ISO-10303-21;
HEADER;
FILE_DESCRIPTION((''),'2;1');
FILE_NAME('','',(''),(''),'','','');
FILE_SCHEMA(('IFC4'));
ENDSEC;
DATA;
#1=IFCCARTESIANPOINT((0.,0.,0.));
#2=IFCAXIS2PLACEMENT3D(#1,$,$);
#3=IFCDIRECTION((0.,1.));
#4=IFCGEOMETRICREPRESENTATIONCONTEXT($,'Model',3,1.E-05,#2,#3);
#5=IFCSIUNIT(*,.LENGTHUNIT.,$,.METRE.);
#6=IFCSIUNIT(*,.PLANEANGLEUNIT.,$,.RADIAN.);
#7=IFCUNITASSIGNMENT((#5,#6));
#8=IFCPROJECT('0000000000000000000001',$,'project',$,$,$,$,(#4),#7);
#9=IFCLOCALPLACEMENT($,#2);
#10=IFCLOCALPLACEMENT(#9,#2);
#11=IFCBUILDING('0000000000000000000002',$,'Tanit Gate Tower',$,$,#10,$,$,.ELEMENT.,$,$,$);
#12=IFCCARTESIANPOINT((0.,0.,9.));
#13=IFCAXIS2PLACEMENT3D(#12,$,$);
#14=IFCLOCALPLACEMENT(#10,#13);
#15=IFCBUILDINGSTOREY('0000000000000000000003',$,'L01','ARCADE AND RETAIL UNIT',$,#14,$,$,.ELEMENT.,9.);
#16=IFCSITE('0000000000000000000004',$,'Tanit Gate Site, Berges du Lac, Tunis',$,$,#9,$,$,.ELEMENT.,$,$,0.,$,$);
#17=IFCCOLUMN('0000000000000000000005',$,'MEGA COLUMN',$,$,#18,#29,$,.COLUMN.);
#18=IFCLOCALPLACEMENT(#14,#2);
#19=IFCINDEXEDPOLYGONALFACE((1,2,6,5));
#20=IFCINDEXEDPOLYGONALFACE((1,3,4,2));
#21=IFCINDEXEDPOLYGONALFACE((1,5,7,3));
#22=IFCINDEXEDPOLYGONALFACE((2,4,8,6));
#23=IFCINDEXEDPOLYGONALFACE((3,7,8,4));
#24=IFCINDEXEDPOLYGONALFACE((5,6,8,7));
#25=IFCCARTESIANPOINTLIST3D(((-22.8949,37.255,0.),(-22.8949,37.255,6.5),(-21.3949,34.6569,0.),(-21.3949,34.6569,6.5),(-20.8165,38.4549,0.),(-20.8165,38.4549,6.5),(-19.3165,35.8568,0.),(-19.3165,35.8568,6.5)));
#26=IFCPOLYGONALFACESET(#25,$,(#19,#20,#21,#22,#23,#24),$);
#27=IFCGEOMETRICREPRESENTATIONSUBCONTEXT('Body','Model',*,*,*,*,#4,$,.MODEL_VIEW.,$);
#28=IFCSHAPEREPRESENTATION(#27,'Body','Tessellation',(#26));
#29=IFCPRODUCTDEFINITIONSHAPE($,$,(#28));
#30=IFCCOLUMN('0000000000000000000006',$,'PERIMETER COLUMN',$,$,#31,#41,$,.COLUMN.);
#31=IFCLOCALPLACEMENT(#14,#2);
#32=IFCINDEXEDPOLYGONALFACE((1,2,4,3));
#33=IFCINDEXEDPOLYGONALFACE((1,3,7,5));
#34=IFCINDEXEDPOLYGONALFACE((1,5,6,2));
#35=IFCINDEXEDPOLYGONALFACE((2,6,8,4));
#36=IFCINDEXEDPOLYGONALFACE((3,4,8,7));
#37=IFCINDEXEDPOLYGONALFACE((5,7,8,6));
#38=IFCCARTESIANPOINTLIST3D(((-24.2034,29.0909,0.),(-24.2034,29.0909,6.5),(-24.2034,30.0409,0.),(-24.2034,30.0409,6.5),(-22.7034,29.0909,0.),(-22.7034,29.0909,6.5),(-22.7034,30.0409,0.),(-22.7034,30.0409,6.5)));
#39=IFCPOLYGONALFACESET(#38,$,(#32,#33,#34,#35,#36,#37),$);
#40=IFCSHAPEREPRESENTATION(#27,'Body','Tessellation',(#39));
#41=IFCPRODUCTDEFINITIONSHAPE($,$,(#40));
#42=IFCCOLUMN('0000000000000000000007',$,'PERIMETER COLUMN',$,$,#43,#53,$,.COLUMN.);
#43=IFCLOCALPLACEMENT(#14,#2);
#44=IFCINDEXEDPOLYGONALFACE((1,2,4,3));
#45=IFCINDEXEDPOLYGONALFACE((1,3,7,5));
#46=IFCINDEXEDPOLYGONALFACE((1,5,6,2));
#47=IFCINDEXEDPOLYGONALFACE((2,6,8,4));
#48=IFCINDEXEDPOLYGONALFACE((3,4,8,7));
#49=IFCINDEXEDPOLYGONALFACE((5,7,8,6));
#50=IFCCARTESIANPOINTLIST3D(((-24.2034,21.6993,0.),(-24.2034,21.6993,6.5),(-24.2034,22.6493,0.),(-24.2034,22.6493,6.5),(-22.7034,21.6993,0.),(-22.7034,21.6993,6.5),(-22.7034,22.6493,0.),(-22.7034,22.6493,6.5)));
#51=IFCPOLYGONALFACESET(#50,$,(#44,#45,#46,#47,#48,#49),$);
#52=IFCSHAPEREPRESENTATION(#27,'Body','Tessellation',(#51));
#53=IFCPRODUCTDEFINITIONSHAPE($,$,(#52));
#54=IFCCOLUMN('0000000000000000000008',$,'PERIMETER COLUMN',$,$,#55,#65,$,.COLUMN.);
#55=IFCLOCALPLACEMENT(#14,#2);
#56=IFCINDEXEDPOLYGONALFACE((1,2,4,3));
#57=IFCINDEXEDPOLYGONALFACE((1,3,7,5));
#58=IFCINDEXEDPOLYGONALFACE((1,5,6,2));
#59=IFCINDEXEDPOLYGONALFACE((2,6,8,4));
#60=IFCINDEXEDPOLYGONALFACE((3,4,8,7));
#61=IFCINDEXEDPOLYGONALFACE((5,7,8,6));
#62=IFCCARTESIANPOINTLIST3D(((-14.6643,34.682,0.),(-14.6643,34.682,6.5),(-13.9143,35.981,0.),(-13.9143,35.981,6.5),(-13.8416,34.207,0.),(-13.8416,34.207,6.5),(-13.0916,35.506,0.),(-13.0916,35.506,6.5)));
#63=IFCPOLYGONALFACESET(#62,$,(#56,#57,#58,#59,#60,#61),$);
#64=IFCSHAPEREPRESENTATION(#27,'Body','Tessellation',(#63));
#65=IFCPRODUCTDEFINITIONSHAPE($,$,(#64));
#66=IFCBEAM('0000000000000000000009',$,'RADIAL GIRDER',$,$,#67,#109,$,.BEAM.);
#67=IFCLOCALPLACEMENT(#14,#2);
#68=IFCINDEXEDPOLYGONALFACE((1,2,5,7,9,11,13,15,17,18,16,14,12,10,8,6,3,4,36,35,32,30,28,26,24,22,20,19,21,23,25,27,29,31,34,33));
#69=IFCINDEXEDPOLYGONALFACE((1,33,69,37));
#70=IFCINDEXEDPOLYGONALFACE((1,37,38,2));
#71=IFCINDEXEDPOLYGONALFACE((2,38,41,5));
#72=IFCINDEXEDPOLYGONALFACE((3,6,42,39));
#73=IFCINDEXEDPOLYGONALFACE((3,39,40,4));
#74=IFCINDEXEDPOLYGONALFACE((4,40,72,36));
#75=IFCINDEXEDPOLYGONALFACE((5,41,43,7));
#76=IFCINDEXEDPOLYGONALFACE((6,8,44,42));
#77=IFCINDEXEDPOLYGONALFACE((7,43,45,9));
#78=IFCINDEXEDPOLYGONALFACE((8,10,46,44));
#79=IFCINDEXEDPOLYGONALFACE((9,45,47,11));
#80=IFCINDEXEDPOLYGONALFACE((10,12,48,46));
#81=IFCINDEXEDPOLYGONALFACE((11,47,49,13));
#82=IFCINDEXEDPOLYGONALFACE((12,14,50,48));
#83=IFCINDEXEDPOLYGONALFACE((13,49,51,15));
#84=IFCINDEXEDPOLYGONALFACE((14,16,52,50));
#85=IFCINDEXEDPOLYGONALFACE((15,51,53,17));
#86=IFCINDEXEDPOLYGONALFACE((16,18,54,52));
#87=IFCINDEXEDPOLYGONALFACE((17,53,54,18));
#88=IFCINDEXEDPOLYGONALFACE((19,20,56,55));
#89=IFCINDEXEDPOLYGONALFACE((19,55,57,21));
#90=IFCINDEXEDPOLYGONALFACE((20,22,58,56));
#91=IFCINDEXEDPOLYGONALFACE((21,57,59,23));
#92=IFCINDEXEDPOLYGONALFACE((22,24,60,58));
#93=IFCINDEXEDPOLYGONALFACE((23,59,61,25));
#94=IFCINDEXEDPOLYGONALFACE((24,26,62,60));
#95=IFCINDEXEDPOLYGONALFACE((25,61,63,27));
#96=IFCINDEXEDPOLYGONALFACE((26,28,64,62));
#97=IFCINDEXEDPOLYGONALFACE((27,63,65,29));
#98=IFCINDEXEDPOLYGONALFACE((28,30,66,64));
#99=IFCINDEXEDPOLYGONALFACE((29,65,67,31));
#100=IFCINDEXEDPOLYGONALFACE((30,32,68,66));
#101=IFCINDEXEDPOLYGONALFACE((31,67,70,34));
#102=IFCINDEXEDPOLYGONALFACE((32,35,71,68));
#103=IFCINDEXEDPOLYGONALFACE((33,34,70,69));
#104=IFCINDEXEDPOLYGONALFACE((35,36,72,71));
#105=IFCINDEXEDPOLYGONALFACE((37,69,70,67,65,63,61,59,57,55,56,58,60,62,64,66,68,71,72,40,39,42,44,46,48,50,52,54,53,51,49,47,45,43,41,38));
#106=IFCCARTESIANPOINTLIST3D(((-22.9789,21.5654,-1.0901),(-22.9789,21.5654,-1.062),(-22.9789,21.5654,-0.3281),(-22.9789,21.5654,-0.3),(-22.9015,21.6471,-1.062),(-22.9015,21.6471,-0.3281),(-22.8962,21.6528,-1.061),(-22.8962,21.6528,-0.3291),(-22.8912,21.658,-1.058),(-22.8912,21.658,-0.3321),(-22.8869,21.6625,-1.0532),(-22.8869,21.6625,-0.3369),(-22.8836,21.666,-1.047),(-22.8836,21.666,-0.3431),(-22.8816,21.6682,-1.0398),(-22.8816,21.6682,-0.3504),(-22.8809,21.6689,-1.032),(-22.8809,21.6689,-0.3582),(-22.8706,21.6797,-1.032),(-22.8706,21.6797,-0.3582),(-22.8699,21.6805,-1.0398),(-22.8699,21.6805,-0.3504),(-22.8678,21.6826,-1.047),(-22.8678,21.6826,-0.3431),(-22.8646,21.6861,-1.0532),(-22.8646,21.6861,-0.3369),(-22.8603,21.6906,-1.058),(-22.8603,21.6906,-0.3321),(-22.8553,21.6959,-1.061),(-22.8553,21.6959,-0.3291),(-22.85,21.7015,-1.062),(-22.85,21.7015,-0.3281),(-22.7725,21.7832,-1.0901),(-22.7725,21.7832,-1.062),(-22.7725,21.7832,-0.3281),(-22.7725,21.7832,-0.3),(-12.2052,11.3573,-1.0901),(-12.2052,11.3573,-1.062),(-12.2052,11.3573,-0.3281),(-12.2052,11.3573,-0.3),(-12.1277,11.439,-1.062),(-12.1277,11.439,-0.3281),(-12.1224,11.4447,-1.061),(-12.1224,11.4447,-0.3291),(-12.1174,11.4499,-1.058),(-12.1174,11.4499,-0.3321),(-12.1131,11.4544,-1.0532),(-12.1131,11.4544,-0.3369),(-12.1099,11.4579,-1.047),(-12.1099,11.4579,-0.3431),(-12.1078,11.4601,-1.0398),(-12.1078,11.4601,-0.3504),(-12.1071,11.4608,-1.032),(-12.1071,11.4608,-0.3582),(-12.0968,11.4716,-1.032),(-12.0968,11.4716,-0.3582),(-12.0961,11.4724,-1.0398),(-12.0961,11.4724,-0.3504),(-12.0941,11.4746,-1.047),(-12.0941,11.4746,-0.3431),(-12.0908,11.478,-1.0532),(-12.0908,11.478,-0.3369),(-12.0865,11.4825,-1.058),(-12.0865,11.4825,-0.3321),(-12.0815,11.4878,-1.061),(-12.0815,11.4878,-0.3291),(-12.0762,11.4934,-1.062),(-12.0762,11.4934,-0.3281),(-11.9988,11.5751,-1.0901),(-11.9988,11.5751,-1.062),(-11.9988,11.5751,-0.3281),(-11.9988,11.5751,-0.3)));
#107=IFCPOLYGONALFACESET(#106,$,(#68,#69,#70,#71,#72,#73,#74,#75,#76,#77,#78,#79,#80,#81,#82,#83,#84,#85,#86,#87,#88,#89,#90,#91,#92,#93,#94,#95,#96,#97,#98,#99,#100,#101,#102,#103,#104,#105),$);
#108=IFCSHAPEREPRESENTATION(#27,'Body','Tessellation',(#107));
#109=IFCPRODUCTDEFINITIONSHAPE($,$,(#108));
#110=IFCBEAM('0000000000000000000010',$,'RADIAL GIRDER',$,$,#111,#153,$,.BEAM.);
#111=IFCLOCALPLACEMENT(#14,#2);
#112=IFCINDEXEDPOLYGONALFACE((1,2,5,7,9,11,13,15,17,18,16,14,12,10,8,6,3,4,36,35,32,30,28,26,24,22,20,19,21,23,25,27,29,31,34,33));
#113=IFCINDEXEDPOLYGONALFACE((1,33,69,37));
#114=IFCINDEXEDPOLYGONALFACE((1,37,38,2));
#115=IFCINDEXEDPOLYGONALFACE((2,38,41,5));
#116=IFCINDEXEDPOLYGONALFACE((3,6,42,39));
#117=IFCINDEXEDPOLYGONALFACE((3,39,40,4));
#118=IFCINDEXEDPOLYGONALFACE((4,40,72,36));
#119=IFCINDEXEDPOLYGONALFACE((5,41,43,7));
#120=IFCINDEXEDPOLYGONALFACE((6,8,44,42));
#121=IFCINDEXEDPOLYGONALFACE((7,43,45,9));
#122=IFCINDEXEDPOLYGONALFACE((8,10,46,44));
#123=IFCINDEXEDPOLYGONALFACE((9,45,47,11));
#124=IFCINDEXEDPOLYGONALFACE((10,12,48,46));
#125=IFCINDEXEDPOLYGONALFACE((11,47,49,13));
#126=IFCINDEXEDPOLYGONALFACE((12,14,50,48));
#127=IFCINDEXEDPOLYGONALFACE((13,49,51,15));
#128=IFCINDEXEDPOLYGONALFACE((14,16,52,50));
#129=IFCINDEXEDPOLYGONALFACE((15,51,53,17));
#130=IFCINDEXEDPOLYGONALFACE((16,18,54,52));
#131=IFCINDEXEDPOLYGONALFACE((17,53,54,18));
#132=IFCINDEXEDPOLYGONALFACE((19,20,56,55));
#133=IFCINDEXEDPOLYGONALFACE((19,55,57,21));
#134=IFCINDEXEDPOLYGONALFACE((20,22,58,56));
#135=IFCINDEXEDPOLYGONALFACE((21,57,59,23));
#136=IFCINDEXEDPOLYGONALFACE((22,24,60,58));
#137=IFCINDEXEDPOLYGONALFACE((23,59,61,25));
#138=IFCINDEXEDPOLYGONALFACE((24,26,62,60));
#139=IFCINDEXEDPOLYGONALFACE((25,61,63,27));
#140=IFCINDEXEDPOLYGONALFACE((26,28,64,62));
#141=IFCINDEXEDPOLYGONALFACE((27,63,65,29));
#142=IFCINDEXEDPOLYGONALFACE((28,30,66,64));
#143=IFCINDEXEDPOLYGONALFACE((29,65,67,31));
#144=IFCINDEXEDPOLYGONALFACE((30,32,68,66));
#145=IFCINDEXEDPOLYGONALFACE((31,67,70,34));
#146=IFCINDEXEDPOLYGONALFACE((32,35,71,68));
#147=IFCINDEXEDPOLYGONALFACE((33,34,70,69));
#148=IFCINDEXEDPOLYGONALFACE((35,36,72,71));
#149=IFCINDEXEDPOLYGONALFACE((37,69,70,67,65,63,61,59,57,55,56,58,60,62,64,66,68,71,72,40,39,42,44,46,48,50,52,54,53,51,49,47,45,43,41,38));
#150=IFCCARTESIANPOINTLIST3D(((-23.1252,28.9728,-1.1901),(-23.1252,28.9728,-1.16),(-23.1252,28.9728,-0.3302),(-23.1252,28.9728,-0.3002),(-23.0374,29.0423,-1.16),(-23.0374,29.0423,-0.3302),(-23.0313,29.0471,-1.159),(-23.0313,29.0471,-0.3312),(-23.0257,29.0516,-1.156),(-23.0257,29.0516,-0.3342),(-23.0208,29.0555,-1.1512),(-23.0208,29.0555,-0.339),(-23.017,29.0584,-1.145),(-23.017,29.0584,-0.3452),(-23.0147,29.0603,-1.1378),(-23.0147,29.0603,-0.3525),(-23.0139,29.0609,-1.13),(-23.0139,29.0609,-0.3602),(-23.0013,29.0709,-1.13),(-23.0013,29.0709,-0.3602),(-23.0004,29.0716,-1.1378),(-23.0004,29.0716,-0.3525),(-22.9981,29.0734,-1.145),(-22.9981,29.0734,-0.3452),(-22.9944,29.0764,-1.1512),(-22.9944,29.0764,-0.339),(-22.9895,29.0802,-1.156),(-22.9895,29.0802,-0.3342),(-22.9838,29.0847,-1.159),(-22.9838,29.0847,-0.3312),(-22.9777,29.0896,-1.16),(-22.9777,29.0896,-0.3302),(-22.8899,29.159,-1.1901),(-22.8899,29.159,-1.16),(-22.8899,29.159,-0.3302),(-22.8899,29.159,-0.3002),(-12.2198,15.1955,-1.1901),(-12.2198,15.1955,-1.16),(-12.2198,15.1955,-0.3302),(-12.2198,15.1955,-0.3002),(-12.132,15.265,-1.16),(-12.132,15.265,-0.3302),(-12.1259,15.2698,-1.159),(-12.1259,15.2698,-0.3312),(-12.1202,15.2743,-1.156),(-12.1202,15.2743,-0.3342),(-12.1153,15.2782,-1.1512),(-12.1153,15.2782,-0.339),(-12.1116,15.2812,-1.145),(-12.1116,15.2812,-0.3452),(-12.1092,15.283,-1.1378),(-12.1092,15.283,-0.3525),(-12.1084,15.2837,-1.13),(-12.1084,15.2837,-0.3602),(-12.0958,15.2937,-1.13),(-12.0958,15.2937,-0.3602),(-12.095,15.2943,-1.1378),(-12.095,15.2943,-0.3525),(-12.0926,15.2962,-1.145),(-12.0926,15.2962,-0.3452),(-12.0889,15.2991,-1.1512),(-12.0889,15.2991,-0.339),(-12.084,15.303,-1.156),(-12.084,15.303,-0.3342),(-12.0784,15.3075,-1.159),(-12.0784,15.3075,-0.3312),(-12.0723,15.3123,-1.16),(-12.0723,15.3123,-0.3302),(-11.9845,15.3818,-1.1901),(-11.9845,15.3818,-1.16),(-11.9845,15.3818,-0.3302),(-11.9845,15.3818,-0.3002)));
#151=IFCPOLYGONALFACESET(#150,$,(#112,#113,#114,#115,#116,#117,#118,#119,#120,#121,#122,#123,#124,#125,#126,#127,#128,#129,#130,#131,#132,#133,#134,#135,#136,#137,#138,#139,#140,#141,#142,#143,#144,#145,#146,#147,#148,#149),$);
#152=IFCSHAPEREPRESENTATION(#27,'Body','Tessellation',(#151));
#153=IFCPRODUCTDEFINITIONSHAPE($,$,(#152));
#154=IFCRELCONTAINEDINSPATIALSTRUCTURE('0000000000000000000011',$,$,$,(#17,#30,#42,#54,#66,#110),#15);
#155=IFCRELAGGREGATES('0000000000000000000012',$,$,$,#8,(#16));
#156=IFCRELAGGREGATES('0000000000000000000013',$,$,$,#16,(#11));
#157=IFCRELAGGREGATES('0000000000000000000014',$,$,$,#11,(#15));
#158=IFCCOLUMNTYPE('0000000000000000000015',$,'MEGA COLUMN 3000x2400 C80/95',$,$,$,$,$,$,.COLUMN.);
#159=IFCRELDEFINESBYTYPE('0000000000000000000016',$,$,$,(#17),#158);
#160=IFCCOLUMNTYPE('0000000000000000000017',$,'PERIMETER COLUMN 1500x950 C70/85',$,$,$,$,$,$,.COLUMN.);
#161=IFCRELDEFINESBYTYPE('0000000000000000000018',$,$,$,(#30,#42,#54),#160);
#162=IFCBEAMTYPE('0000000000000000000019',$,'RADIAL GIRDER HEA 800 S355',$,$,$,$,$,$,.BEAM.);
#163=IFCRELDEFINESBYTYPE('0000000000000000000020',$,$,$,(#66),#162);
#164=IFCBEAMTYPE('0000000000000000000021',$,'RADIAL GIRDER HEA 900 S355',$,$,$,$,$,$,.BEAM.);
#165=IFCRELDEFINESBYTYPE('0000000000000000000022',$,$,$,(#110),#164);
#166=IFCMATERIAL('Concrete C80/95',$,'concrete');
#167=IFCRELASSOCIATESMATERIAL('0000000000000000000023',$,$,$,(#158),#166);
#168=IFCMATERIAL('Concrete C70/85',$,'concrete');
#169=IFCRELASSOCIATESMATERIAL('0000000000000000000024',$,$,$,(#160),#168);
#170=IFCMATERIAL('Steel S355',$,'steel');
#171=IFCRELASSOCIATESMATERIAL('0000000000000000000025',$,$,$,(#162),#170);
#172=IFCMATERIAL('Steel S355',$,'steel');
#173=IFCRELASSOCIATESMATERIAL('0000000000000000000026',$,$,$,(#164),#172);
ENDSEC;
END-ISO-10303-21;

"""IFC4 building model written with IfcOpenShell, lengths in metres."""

from ifc_helpers import new_model, si_unit, direction, frame, origin, origin_2d, place, context, subcontext, project, spatial, rectangle, i_section, extrude, material, material_profile, profile_set, type_object, element, save


model = new_model("IFC4")

# Units and contexts
model_context = context("Model", 3, precision=1e-05, world=origin(), true_north=direction((0.0, 1.0)))
body_context = subcontext(model_context, "Body", "Model", "MODEL_VIEW")
ifc_project = project(units=[si_unit("LENGTHUNIT", "METRE"), si_unit("PLANEANGLEUNIT", "RADIAN")], contexts=[model_context])

# Site, building, storey
site_placement = place(None, origin())
site = spatial("IfcSite", under=ifc_project, at=site_placement, Name="Tanit Gate Site, Berges du Lac, Tunis", CompositionType="ELEMENT", RefElevation=0.0)
building_placement = place(site_placement, origin())
building = spatial("IfcBuilding", under=site, at=building_placement, Name="Tanit Gate Tower", CompositionType="ELEMENT")
storey_placement = place(building_placement, frame((0.0, 0.0, 9.0)))
storey = spatial("IfcBuildingStorey", under=building, at=storey_placement, Name="L01", Description="ARCADE AND RETAIL UNIT", CompositionType="ELEMENT", Elevation=9.0)

# Columns
ifc_material_1 = material(Name="Concrete C80/95", Category="concrete")
ifc_material_profile_1 = material_profile(ifc_material_1, rectangle(XDim=3.0, YDim=2.3999, at=origin_2d()), Name="RC 3000x2400")
ifc_profile_set_1 = profile_set([ifc_material_profile_1], Name="Concrete C80/95")
column_type_1 = type_object("IfcColumnType", Name="MEGA COLUMN 3000x2400 C80/95", PredefinedType="COLUMN", material=ifc_profile_set_1)
column_placement = place(storey_placement, frame((-21.1057, 36.5559, 0.0), z_axis=(0.0, 0.0, 1.0), x_axis=(-0.5, 0.866025, 0.0)))
element("IfcColumn", 1, at=column_placement, inside=storey, type_object=column_type_1, Name="MEGA COLUMN", PredefinedType="COLUMN", context=body_context, shape_type="SweptSolid", body=[
    extrude(rectangle(XDim=3.0, YDim=2.3999, at=origin_2d()), origin(), (0.0, 0.0, 1.0), 6.5),
])
ifc_material_2 = material(Name="Concrete C70/85", Category="concrete")
ifc_material_profile_2 = material_profile(ifc_material_2, rectangle(XDim=1.5, YDim=0.95, at=origin_2d()), Name="RC 1500x950")
ifc_profile_set_2 = profile_set([ifc_material_profile_2], Name="Concrete C70/85")
column_type_2 = type_object("IfcColumnType", Name="PERIMETER COLUMN 1500x950 C70/85", PredefinedType="COLUMN", material=ifc_profile_set_2)
for number, where, z_axis, x_axis, name in (
    (2, (-23.4534, 29.5659, 0.0), (0.0, 0.0, 1.0), (-1.0, 0.0, 0.0), "PERIMETER COLUMN"),
    (3, (-23.4534, 22.1743, 0.0), (0.0, 0.0, 1.0), (-1.0, 0.0, 0.0), "PERIMETER COLUMN"),
    (4, (-13.8779, 35.094, 0.0), (0.0, 0.0, 1.0), (0.5, 0.866025, 0.0), "PERIMETER COLUMN"),
):
    element("IfcColumn", number, at=place(storey_placement, frame(where, z_axis=z_axis, x_axis=x_axis)), inside=storey, type_object=column_type_2, Name=name, PredefinedType="COLUMN", context=body_context, shape_type="SweptSolid", body=[
        extrude(rectangle(XDim=1.5, YDim=0.95, at=origin_2d()), origin(), (0.0, 0.0, 1.0), 6.5),
    ])

# Beams
ifc_material_3 = material(Name="Steel S355", Category="steel")
ifc_material_profile_3 = material_profile(ifc_material_3, i_section(OverallWidth=0.3, OverallDepth=0.79, WebThickness=0.0149, FlangeThickness=0.0281, FilletRadius=0.03, at=origin_2d()), Name="HEA 800")
ifc_profile_set_3 = profile_set([ifc_material_profile_3], Name="Steel S355")
beam_type_1 = type_object("IfcBeamType", Name="RADIAL GIRDER HEA 800 S355", PredefinedType="BEAM", material=ifc_profile_set_3)
beam_1_placement = place(storey_placement, frame((-22.8757, 21.6743, -0.6951), z_axis=(0.725907, -0.687793, 0.0), x_axis=(0.687793, 0.725907, 0.0)))
element("IfcBeam", 5, at=beam_1_placement, inside=storey, type_object=beam_type_1, Name="RADIAL GIRDER", PredefinedType="BEAM", context=body_context, shape_type="SweptSolid", body=[
    extrude(i_section(OverallWidth=0.3, OverallDepth=0.79, WebThickness=0.0149, FlangeThickness=0.0281, FilletRadius=0.03, at=origin_2d()), origin(), (0.0, 0.0, 1.0), 14.8418),
])
ifc_material_4 = material(Name="Steel S355", Category="steel")
ifc_material_profile_4 = material_profile(ifc_material_4, i_section(OverallWidth=0.3, OverallDepth=0.8899, WebThickness=0.0161, FlangeThickness=0.03, FilletRadius=0.03, at=origin_2d()), Name="HEA 900")
ifc_profile_set_4 = profile_set([ifc_material_profile_4], Name="Steel S355")
beam_type_2 = type_object("IfcBeamType", Name="RADIAL GIRDER HEA 900 S355", PredefinedType="BEAM", material=ifc_profile_set_4)
beam_2_placement = place(storey_placement, frame((-23.0076, 29.0659, -0.7451), z_axis=(0.620649, -0.784089, 0.0), x_axis=(0.784089, 0.620649, 0.0)))
element("IfcBeam", 6, at=beam_2_placement, inside=storey, type_object=beam_type_2, Name="RADIAL GIRDER", PredefinedType="BEAM", context=body_context, shape_type="SweptSolid", body=[
    extrude(i_section(OverallWidth=0.3, OverallDepth=0.8899, WebThickness=0.0161, FlangeThickness=0.03, FilletRadius=0.03, at=origin_2d()), origin(), (0.0, 0.0, 1.0), 17.571),
])

save(model, "model.ifc")
